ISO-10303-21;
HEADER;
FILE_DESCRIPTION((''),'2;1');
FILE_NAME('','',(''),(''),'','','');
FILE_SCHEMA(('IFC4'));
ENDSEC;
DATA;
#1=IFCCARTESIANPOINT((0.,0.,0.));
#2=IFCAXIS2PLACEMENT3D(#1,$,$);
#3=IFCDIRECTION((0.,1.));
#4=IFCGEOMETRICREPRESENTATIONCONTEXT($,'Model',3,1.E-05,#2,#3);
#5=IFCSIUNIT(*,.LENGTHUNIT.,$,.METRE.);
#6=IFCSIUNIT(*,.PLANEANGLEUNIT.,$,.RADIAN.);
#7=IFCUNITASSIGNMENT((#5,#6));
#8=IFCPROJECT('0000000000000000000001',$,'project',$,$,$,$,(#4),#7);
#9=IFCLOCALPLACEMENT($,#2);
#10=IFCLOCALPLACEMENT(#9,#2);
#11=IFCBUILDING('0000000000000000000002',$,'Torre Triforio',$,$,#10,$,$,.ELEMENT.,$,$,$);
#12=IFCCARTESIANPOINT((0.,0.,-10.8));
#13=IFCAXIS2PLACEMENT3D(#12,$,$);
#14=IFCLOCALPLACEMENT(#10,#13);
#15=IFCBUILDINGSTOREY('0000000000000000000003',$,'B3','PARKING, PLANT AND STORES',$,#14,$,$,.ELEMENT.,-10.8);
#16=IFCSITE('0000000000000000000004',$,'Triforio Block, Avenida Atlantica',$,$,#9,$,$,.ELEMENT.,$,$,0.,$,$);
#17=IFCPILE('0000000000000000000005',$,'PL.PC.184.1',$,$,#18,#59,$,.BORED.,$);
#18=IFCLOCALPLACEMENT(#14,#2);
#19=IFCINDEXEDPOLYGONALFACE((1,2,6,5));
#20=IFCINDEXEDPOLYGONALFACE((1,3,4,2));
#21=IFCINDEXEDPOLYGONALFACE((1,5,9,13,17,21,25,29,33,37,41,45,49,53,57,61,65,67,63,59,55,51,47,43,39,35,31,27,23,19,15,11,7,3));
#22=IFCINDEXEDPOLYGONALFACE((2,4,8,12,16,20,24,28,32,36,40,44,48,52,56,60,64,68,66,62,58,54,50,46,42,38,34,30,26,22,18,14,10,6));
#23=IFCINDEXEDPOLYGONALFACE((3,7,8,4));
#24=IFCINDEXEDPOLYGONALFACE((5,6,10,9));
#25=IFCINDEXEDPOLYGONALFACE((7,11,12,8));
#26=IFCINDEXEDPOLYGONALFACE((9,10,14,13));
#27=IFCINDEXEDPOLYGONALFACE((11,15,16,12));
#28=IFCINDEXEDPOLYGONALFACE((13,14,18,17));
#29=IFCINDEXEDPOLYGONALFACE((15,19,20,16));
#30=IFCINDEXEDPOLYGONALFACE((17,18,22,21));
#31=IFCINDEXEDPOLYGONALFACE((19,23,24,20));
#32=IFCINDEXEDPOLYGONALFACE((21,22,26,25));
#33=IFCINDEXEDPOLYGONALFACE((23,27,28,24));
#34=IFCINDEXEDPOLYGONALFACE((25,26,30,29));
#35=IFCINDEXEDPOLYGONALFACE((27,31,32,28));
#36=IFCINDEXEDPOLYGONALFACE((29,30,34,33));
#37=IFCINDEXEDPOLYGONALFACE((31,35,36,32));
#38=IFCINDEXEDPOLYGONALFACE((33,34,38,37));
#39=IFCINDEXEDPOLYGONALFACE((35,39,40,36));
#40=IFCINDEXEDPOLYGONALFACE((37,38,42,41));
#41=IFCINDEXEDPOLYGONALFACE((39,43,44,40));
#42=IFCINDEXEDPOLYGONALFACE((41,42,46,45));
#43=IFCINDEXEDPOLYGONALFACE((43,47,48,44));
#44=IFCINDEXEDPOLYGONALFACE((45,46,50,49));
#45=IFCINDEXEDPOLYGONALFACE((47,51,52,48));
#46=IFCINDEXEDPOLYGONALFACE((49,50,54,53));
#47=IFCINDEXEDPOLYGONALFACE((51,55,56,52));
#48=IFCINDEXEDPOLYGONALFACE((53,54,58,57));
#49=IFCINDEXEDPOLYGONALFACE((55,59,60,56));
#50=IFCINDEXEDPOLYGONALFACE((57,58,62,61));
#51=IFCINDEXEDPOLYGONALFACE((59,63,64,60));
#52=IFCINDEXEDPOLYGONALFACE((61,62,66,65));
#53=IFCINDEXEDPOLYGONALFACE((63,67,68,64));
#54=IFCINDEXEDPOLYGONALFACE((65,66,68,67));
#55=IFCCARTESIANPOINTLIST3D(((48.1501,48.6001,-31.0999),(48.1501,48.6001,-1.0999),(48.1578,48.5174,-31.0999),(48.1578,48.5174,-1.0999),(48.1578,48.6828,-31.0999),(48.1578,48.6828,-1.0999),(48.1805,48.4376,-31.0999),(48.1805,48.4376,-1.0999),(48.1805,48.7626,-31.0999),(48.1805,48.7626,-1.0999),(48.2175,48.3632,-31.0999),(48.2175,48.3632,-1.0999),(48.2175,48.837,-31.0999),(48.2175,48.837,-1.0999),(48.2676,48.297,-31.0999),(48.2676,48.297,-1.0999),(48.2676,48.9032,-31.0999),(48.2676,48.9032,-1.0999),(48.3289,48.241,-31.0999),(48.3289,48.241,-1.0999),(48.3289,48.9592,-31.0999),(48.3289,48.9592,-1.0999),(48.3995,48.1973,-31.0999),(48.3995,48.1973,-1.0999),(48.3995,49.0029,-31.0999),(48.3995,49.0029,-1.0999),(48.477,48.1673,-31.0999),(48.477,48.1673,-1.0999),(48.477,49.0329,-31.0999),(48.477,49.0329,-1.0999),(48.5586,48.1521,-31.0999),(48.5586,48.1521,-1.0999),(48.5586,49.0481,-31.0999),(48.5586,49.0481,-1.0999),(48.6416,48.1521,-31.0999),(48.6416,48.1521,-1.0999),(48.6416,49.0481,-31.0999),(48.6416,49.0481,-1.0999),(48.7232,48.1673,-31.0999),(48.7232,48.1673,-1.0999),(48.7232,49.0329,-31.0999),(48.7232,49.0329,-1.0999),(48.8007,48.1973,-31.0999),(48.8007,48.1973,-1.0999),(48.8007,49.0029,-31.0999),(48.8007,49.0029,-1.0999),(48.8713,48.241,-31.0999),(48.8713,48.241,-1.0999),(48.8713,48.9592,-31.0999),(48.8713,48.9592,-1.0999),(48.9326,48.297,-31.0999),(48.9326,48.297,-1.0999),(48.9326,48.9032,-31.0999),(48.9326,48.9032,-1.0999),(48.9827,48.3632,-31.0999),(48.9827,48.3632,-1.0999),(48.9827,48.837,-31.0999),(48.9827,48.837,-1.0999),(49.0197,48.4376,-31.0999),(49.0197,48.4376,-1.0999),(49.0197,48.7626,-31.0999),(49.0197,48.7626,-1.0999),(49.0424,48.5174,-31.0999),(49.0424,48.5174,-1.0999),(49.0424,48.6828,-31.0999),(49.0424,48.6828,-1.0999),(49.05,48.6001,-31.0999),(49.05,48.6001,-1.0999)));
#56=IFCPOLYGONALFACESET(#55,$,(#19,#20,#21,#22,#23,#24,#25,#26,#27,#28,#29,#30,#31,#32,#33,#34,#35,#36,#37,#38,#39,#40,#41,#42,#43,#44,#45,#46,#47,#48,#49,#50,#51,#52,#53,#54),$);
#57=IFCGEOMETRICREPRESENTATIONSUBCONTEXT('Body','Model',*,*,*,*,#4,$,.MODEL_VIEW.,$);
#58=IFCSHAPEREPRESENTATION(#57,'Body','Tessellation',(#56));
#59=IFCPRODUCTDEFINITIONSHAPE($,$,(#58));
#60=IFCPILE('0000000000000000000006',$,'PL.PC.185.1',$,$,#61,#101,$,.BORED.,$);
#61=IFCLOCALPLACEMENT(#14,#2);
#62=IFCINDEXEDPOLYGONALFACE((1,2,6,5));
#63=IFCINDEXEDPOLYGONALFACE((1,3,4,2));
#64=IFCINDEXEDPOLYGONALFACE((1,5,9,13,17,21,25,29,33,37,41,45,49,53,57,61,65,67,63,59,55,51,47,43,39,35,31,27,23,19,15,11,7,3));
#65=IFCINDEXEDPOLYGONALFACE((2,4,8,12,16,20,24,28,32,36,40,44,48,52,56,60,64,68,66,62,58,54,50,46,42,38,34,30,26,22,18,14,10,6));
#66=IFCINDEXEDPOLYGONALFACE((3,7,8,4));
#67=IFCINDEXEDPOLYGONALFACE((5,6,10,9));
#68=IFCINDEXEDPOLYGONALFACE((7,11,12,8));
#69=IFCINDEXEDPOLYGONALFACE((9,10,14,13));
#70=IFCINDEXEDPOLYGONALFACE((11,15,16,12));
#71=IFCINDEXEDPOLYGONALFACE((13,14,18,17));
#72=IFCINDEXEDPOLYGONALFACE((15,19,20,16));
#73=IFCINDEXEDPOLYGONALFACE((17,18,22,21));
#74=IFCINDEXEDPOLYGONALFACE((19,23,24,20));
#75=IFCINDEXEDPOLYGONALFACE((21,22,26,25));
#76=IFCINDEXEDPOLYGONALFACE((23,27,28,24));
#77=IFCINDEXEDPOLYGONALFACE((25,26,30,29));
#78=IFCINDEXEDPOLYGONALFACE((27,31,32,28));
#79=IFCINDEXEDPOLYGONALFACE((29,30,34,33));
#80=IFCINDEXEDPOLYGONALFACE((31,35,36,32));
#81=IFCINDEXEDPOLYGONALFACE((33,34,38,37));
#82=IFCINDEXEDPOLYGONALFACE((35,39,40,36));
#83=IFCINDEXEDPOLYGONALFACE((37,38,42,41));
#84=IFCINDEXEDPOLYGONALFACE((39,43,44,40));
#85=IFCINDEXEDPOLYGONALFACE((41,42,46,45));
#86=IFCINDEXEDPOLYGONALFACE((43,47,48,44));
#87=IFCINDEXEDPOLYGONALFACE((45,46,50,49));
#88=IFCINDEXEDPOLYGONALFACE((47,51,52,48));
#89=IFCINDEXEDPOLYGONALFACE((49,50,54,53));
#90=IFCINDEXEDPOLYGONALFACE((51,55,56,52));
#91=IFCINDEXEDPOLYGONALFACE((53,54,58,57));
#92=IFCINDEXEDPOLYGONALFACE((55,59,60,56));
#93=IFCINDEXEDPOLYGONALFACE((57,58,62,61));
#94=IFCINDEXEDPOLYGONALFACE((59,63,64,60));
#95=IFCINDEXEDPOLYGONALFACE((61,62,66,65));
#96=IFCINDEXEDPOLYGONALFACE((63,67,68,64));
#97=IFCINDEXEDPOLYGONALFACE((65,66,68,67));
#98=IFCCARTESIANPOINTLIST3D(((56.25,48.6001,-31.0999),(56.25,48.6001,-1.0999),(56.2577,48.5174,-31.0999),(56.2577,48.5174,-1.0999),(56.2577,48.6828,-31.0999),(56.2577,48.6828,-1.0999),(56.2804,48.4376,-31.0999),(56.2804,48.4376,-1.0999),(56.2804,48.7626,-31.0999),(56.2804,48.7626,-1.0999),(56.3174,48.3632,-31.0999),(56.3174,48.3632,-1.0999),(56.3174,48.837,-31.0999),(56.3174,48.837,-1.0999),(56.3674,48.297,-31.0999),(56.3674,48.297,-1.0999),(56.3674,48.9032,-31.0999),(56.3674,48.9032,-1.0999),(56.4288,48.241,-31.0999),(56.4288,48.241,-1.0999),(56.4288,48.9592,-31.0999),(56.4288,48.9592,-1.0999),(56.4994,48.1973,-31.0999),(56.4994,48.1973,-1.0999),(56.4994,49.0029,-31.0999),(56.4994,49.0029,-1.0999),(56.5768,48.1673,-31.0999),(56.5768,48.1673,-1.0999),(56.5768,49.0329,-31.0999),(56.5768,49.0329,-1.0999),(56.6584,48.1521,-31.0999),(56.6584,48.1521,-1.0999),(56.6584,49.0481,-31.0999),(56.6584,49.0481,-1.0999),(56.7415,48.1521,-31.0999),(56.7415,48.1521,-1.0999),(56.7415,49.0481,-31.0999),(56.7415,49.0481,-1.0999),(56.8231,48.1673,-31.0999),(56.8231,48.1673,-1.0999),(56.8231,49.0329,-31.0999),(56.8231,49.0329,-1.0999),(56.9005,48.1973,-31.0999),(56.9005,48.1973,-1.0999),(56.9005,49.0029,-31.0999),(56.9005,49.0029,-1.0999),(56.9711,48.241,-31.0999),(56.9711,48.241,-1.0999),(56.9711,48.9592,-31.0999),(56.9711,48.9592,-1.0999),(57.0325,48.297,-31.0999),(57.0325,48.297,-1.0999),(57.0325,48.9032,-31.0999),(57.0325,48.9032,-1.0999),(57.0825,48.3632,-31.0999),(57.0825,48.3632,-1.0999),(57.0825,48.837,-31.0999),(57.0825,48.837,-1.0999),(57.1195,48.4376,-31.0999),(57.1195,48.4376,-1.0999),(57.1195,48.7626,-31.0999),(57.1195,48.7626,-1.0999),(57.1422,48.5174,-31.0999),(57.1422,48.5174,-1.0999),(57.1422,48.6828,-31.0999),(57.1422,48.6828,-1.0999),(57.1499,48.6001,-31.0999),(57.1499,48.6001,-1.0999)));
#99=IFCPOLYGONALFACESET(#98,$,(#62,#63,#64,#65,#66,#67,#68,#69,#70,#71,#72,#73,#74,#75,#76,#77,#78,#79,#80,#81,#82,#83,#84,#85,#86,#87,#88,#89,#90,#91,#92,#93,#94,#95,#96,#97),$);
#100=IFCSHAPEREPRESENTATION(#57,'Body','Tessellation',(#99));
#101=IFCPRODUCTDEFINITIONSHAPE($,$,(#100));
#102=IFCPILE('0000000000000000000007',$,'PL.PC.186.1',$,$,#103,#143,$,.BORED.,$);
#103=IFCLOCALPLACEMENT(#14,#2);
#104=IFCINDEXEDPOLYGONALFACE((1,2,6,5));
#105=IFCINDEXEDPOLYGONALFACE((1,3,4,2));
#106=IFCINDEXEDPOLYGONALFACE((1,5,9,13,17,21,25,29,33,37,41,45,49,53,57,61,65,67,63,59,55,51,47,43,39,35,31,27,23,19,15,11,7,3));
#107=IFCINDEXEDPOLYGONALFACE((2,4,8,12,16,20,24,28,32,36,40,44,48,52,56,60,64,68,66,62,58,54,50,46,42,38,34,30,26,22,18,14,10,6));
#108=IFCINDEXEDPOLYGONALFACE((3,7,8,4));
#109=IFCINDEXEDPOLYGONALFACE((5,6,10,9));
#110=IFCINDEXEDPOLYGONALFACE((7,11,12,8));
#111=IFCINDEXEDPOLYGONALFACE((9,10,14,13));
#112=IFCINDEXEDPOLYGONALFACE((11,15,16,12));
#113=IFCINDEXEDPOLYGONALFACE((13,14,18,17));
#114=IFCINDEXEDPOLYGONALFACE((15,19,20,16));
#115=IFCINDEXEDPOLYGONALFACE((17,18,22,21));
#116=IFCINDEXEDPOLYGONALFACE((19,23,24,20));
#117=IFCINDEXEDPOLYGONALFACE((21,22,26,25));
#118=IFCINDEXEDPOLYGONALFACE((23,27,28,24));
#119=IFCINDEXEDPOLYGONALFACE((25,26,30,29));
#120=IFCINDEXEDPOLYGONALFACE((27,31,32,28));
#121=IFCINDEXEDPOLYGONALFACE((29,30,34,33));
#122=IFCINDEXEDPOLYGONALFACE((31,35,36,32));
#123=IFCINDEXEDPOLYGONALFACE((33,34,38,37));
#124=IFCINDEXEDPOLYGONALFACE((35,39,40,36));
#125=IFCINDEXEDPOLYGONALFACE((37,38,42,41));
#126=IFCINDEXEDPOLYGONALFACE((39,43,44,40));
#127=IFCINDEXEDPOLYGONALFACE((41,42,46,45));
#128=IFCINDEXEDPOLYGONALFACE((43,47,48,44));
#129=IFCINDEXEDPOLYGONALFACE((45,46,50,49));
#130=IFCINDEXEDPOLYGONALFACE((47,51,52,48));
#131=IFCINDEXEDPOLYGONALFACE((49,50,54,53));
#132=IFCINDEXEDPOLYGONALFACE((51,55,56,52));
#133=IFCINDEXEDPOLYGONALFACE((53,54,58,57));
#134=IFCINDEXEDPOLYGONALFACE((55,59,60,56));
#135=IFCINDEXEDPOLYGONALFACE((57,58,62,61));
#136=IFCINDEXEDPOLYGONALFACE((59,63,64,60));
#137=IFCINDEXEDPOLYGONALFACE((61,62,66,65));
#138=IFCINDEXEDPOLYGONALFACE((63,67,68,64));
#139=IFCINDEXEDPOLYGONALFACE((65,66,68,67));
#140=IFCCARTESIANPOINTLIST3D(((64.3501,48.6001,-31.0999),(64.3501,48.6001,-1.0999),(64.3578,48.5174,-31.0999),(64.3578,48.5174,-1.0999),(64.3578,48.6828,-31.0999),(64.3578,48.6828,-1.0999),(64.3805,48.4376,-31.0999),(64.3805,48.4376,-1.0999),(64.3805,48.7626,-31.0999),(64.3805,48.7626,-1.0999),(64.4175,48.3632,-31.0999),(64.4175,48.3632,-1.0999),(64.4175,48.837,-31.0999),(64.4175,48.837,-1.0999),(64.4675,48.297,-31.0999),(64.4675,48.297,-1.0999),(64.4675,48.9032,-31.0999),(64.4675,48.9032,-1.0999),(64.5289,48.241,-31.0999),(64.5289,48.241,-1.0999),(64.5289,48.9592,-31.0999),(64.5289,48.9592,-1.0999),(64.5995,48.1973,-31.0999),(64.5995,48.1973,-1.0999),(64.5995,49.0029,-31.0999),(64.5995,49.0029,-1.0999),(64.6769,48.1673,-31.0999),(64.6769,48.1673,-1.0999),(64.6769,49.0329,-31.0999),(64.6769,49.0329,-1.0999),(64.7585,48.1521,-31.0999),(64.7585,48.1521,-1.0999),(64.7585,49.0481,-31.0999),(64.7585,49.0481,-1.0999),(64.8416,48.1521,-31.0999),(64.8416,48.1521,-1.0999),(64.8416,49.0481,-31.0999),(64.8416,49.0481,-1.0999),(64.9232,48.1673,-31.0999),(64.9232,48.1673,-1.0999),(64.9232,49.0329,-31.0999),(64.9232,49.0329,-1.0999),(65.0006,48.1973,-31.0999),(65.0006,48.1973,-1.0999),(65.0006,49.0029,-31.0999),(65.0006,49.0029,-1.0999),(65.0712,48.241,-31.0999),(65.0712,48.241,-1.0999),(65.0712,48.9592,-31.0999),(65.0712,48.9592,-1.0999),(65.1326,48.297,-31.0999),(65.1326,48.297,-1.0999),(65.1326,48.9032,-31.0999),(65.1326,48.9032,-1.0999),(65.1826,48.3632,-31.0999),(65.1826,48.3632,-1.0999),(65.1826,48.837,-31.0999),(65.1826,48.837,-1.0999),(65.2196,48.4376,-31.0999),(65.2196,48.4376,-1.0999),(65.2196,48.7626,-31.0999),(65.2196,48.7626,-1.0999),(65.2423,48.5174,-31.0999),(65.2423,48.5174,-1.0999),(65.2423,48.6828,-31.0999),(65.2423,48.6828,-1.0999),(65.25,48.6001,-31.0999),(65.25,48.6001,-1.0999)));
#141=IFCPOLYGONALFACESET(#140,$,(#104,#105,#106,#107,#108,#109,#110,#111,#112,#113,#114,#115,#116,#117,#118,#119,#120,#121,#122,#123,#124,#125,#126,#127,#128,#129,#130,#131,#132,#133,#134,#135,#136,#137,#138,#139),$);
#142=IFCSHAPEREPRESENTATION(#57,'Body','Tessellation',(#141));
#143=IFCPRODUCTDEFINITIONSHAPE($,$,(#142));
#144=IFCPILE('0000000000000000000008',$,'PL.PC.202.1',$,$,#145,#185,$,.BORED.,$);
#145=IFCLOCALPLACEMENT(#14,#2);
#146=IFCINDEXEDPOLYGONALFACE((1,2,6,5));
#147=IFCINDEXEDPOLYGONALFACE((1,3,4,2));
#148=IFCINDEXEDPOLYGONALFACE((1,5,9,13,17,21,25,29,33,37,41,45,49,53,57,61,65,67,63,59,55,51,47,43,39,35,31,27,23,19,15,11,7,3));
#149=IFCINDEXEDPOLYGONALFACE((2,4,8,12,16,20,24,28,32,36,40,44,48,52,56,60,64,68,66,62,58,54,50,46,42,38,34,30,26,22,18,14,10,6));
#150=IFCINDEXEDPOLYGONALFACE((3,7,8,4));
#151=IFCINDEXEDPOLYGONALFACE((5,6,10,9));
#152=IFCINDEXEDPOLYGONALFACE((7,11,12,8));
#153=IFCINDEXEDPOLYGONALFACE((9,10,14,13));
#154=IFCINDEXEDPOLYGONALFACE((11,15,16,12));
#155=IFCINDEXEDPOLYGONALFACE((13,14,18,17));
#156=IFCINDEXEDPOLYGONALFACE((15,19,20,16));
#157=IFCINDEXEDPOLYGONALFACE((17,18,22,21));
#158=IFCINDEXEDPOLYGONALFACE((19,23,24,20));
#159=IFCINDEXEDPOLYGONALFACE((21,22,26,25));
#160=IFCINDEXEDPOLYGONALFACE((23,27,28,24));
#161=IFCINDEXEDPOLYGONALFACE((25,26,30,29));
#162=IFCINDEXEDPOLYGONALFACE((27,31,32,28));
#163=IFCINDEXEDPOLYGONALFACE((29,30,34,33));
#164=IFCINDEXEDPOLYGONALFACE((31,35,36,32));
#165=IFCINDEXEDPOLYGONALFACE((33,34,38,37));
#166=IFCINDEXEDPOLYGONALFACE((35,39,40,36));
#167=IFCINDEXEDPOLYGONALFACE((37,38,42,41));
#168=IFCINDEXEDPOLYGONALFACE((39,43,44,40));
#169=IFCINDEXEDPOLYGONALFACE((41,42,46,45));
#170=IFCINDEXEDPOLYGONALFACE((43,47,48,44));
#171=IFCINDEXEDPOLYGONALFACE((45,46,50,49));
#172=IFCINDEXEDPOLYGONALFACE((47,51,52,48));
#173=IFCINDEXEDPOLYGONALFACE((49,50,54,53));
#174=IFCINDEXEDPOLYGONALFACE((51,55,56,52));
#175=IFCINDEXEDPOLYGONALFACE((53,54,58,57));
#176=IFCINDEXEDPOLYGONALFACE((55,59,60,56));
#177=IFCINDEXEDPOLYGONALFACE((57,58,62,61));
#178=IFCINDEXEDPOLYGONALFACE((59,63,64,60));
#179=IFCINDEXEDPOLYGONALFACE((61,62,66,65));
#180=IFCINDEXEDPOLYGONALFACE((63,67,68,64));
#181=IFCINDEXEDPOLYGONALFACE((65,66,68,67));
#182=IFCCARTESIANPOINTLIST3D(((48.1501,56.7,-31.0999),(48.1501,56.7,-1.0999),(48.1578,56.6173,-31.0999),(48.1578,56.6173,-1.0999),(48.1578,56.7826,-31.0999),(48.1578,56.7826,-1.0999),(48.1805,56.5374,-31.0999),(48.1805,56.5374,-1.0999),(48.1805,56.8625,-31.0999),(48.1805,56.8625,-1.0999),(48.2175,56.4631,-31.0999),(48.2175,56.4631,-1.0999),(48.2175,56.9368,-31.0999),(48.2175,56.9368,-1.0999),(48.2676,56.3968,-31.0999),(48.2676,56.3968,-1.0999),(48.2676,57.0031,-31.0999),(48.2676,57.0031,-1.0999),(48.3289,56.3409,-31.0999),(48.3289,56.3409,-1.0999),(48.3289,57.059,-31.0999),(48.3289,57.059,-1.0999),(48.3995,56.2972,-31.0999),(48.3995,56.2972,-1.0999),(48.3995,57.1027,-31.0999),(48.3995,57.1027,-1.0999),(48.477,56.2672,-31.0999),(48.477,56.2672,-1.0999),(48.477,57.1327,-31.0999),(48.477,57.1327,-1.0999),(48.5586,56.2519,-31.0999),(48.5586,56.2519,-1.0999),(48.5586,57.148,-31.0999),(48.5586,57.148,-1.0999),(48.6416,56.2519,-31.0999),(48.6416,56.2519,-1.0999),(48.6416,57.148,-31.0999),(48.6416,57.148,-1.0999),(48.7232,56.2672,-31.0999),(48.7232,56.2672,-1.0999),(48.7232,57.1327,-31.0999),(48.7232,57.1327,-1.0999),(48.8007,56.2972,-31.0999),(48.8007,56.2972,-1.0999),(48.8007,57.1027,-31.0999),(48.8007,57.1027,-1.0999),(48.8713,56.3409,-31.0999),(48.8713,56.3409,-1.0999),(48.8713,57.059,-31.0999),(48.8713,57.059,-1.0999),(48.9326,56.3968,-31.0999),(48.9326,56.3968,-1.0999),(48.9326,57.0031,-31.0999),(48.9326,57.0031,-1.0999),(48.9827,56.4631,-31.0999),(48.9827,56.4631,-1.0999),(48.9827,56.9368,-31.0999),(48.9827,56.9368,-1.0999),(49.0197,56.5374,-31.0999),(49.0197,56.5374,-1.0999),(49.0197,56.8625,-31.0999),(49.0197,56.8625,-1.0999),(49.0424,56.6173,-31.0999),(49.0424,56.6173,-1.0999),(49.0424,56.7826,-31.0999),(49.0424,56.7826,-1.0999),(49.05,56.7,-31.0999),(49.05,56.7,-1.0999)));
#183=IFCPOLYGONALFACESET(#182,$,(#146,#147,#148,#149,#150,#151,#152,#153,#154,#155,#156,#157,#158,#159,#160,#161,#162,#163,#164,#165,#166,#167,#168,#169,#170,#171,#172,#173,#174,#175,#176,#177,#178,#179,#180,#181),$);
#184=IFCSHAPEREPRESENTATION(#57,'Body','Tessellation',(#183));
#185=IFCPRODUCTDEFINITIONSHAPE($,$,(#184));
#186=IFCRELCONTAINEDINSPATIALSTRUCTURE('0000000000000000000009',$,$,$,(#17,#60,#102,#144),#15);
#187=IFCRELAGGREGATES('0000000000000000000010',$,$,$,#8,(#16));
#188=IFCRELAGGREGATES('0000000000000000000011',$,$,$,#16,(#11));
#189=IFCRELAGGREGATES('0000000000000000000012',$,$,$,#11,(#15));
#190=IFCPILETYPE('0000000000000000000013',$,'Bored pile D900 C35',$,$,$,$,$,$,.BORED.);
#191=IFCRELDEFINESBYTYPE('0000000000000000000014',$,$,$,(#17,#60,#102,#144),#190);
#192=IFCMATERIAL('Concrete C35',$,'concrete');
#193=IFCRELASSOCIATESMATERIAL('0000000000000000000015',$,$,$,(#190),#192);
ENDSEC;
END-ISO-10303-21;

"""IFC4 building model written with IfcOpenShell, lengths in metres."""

from ifc_helpers import new_model, si_unit, direction, frame, origin, origin_2d, place, context, subcontext, project, spatial, circle, extrude, material, material_profile, profile_set, type_object, element, save


model = new_model("IFC4")

# Units and contexts
model_context = context("Model", 3, precision=1e-05, world=origin(), true_north=direction((0.0, 1.0)))
body_context = subcontext(model_context, "Body", "Model", "MODEL_VIEW")
ifc_project = project(units=[si_unit("LENGTHUNIT", "METRE"), si_unit("PLANEANGLEUNIT", "RADIAN")], contexts=[model_context])

# Site, building, storey
site_placement = place(None, origin())
site = spatial("IfcSite", under=ifc_project, at=site_placement, Name="Triforio Block, Avenida Atlantica", CompositionType="ELEMENT", RefElevation=0.0)
building_placement = place(site_placement, origin())
building = spatial("IfcBuilding", under=site, at=building_placement, Name="Torre Triforio", CompositionType="ELEMENT")
storey_placement = place(building_placement, frame((0.0, 0.0, -10.8)))
storey = spatial("IfcBuildingStorey", under=building, at=storey_placement, Name="B3", Description="PARKING, PLANT AND STORES", CompositionType="ELEMENT", Elevation=-10.8)

# Piles
ifc_material_1 = material(Name="Concrete C35", Category="concrete")
ifc_material_profile_1 = material_profile(ifc_material_1, circle(Radius=0.45, at=origin_2d()), Name="RC D900")
ifc_profile_set_1 = profile_set([ifc_material_profile_1], Name="Concrete C35")
pile_type = type_object("IfcPileType", Name="Bored pile D900 C35", PredefinedType="BORED", material=ifc_profile_set_1)
for number, where, z_axis, x_axis, name in (
    (1, (48.6001, 48.6001, -1.0999), (0.0, 0.0, -1.0), (1.0, 0.0, 0.0), "PL.PC.184.1"),
    (2, (56.7, 48.6001, -1.0999), (0.0, 0.0, -1.0), (1.0, 0.0, 0.0), "PL.PC.185.1"),
    (3, (64.8, 48.6001, -1.0999), (0.0, 0.0, -1.0), (1.0, 0.0, 0.0), "PL.PC.186.1"),
    (4, (48.6001, 56.7, -1.0999), (0.0, 0.0, -1.0), (1.0, 0.0, 0.0), "PL.PC.202.1"),
):
    element("IfcPile", number, at=place(storey_placement, frame(where, z_axis=z_axis, x_axis=x_axis)), inside=storey, type_object=pile_type, Name=name, PredefinedType="BORED", context=body_context, shape_type="SweptSolid", body=[
        extrude(circle(Radius=0.45, at=origin_2d()), origin(), (0.0, 0.0, 1.0), 30.0),
    ])

save(model, "model.ifc")
